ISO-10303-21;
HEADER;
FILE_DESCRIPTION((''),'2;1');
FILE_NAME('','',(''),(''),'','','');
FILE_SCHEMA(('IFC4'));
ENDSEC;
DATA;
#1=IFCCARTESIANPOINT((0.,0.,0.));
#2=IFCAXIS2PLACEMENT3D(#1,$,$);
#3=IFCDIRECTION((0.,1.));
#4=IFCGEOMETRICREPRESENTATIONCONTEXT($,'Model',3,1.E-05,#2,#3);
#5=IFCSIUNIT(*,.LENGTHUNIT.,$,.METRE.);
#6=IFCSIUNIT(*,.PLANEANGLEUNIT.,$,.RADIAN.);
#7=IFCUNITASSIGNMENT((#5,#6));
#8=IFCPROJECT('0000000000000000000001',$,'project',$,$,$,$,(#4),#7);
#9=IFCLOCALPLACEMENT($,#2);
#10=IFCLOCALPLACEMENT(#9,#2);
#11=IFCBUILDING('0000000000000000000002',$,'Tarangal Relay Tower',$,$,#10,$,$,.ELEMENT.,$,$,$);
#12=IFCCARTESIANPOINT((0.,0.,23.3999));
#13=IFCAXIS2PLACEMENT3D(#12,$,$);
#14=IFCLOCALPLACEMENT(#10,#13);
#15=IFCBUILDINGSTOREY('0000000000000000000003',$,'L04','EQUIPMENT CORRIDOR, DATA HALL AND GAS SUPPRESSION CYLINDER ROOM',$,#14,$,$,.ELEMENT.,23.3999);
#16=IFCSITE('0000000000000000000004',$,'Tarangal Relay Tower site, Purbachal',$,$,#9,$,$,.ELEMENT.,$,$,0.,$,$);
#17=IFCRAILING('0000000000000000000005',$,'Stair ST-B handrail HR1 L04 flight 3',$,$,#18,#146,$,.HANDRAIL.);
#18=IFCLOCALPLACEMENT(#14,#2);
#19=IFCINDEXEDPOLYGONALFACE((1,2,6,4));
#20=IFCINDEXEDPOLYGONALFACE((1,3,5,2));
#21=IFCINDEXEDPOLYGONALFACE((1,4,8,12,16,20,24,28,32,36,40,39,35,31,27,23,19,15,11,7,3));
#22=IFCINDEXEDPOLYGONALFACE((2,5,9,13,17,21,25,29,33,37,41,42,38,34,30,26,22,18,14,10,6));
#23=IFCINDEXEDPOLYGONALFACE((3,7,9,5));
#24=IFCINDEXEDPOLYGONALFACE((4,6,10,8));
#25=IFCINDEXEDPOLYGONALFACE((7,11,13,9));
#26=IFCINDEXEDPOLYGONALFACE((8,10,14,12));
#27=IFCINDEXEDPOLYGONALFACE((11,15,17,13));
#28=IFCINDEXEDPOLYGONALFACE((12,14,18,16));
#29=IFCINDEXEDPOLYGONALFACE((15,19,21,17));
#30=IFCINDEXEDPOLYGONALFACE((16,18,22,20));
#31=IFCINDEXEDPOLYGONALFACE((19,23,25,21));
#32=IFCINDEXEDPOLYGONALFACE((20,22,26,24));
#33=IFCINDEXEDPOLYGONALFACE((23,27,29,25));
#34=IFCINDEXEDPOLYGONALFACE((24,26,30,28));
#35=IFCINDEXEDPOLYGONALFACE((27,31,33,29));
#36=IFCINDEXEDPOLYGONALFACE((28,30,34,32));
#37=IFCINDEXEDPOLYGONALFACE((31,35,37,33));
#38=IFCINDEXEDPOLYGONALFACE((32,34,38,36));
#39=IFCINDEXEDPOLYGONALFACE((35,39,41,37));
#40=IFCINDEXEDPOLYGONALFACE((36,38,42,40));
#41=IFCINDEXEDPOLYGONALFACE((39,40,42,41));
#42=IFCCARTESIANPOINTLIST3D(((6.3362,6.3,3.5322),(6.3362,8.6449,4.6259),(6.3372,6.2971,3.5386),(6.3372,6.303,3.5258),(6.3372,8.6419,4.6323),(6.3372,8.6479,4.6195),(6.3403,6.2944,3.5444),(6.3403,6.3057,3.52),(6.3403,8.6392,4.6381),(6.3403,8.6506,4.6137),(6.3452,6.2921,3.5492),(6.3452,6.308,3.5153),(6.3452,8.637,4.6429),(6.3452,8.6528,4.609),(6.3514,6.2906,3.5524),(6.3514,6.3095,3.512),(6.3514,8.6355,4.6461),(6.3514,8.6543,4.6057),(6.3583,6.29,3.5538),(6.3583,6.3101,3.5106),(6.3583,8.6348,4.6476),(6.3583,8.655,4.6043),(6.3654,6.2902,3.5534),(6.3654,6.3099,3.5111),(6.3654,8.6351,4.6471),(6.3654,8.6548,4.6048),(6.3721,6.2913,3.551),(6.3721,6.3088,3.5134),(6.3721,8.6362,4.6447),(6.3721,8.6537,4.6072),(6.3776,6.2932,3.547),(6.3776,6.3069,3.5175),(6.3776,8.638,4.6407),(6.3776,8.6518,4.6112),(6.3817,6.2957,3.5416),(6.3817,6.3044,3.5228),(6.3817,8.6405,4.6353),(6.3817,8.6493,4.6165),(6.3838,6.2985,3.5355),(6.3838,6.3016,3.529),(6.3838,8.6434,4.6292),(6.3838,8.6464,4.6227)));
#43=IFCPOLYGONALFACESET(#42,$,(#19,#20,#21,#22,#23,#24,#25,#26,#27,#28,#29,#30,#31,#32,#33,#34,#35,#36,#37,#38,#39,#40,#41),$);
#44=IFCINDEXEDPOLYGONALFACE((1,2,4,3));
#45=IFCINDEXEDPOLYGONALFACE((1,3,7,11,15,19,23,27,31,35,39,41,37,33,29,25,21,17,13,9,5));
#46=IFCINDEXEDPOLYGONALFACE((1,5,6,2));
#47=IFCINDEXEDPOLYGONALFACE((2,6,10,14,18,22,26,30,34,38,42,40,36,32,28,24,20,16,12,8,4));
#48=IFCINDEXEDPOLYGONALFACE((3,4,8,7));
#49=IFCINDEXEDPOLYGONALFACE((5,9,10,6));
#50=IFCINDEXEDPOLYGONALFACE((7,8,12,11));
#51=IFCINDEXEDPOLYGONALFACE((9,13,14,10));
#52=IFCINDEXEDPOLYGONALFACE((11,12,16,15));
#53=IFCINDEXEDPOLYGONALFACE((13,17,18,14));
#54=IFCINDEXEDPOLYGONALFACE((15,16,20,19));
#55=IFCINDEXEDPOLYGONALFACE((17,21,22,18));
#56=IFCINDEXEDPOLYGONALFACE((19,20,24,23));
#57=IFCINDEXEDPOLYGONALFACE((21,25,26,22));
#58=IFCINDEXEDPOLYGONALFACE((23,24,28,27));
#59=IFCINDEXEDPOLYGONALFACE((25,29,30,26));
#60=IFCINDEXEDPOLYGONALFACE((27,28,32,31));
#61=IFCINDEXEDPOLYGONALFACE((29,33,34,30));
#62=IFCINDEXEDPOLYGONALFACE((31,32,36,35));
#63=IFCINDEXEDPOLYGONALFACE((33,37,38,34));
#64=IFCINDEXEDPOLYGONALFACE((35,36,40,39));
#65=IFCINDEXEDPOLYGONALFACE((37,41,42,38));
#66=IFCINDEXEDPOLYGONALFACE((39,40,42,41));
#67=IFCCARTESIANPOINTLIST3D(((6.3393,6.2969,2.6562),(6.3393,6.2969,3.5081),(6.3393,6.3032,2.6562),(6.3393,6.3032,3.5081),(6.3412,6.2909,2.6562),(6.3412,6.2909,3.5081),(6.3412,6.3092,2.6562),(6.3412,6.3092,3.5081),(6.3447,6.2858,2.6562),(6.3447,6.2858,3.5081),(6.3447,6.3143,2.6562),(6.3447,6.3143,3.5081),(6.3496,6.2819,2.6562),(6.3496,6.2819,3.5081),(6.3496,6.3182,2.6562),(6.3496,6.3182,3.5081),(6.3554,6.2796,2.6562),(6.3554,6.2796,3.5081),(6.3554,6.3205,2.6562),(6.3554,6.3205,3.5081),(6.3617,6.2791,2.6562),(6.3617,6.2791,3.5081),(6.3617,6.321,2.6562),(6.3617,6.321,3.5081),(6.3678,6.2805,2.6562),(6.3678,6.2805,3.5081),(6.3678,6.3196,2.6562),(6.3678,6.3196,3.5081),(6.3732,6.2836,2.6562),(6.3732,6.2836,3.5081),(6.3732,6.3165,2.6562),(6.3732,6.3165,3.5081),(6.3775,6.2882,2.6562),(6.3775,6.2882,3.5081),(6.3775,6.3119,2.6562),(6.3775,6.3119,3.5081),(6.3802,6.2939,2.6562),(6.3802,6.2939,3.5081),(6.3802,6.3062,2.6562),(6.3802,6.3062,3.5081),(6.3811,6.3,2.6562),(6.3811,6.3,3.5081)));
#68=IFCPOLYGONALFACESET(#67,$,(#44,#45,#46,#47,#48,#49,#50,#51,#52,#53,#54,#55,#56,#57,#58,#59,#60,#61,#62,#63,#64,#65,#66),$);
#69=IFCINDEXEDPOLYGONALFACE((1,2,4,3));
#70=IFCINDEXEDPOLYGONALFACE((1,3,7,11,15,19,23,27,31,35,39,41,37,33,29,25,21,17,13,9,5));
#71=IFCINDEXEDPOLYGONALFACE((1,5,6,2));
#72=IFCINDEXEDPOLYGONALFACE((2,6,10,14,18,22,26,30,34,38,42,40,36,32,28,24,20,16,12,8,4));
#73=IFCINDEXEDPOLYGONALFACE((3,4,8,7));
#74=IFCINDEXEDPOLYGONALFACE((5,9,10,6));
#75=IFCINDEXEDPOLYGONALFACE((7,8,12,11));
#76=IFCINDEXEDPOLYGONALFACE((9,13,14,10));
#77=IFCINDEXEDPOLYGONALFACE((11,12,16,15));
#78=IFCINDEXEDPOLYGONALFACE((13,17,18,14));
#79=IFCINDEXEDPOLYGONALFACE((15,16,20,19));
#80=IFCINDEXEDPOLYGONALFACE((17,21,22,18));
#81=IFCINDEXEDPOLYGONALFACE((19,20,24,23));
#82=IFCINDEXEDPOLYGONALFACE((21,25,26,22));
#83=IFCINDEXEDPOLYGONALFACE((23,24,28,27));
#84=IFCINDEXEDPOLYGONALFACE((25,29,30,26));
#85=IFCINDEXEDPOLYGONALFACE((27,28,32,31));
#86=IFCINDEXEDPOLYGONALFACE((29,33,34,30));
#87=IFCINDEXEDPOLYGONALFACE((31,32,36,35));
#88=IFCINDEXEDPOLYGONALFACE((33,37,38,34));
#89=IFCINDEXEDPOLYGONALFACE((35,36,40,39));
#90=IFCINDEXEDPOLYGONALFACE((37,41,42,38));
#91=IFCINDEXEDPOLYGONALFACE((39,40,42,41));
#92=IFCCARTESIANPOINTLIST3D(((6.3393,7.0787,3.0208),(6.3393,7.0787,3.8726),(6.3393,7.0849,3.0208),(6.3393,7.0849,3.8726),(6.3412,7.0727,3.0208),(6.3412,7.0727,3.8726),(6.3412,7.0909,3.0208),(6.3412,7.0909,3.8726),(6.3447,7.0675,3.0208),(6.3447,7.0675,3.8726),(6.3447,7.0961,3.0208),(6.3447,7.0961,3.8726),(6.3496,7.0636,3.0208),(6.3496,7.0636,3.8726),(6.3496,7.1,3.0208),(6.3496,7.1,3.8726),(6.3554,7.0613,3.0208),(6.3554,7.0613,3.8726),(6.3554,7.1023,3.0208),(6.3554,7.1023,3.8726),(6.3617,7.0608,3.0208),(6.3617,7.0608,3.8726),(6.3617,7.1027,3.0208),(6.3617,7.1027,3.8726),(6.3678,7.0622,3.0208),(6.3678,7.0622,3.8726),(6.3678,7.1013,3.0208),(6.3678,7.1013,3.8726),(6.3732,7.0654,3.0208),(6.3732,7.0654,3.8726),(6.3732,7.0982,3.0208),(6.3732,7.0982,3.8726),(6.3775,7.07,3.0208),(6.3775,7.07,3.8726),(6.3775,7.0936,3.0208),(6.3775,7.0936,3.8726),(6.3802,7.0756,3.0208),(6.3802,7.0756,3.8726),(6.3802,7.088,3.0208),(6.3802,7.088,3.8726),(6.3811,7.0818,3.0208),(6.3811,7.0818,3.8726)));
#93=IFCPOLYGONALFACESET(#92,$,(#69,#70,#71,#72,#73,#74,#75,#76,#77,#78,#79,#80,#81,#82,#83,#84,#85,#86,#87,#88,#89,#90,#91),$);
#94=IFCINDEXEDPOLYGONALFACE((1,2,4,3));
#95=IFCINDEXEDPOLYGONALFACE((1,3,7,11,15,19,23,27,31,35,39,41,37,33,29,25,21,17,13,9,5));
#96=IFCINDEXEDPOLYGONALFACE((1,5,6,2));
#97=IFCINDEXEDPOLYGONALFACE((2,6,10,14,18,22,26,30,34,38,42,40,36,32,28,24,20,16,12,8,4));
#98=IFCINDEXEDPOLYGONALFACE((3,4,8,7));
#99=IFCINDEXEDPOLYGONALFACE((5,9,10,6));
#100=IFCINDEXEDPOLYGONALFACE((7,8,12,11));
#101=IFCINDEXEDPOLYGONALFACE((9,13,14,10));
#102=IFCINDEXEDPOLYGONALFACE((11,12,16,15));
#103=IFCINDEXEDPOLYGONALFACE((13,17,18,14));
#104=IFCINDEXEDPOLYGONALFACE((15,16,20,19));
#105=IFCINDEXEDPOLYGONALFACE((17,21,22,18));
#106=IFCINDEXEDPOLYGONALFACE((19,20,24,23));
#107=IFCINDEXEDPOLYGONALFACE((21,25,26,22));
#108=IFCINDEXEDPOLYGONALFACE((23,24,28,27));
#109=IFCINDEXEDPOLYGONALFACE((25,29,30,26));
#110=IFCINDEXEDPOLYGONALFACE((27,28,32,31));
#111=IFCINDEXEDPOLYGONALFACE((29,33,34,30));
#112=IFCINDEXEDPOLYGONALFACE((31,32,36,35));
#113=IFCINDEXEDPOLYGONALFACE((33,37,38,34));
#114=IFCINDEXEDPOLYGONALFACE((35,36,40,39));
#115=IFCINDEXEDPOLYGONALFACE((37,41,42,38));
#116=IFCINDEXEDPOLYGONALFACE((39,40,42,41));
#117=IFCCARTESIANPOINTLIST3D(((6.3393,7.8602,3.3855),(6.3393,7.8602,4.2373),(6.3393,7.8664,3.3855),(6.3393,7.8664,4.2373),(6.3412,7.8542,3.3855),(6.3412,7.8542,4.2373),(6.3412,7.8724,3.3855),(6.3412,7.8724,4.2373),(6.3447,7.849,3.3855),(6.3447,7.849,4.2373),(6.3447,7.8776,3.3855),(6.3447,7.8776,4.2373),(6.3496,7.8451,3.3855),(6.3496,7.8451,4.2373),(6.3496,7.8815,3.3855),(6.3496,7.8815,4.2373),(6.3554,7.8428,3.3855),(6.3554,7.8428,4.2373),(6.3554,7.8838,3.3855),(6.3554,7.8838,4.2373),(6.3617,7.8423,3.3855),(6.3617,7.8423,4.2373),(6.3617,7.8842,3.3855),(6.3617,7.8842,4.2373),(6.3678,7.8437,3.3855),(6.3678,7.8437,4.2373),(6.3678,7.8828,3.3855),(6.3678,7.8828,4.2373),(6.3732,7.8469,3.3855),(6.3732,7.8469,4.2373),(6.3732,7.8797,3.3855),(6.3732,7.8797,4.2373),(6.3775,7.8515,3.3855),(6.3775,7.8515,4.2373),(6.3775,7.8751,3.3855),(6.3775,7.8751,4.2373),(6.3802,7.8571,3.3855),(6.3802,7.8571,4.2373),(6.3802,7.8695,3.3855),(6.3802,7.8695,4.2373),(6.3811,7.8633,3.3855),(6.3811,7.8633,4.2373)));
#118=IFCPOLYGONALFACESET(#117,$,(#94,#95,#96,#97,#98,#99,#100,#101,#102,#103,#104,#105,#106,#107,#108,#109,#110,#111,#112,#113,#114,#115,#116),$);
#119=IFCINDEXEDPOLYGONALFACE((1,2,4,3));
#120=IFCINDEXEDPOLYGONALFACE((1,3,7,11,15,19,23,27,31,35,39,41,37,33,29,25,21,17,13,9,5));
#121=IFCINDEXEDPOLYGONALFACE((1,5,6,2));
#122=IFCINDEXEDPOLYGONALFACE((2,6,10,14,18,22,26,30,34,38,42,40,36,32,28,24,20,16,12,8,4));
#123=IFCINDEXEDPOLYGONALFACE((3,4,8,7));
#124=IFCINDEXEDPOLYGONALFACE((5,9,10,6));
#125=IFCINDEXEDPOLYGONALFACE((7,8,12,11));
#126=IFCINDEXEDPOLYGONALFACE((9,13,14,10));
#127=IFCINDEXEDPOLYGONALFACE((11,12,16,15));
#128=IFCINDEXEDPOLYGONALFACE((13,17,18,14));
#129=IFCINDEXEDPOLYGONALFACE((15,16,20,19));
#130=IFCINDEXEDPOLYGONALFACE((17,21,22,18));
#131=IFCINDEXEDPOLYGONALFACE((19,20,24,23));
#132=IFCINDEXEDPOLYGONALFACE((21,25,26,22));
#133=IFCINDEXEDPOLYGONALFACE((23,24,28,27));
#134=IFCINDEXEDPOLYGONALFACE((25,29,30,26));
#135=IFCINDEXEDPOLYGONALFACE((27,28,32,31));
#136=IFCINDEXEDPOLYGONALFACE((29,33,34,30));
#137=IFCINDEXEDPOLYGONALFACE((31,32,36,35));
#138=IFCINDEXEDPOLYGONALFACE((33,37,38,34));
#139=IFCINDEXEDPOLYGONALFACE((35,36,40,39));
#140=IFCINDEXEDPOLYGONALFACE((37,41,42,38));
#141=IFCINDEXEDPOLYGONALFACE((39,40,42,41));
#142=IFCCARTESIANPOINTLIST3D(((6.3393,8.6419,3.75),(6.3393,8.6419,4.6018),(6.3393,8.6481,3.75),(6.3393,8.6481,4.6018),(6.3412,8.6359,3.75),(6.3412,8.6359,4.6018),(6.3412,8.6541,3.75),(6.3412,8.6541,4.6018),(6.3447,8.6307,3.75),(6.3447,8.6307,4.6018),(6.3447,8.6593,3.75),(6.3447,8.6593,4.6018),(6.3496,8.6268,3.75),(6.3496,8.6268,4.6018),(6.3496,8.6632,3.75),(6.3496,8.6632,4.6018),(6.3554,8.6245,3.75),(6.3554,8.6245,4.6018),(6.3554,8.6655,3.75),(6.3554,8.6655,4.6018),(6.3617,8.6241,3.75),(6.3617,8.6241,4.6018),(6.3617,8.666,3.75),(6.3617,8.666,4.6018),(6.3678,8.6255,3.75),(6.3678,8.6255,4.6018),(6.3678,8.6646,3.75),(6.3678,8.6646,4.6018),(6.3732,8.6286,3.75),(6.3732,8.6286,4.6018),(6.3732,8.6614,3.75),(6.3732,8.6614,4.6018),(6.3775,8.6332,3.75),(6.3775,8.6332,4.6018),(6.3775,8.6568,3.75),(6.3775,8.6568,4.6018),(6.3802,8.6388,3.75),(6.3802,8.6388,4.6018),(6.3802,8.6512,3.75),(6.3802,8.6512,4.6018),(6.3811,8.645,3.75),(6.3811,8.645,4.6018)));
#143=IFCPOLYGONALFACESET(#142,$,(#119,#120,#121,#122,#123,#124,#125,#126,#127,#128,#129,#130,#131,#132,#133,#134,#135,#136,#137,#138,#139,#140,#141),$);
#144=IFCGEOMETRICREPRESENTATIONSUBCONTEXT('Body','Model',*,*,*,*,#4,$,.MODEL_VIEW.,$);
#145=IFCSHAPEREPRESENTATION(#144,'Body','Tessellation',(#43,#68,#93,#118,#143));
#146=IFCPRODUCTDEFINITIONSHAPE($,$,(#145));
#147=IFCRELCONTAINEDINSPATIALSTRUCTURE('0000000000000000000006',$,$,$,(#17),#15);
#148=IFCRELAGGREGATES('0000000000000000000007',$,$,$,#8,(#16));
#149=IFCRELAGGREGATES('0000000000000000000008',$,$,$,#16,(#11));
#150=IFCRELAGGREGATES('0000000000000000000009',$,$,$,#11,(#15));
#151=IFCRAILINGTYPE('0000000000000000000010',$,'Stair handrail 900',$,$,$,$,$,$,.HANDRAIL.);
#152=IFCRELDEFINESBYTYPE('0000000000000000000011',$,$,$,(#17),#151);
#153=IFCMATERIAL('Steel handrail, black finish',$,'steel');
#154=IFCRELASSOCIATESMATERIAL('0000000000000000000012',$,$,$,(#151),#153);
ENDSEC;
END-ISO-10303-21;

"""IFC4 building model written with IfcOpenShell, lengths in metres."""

from ifc_helpers import new_model, si_unit, direction, frame, origin, origin_2d, place, context, subcontext, project, spatial, circle, extrude, material, type_object, element, save


model = new_model("IFC4")

# Units and contexts
model_context = context("Model", 3, precision=1e-05, world=origin(), true_north=direction((0.0, 1.0)))
body_context = subcontext(model_context, "Body", "Model", "MODEL_VIEW")
ifc_project = project(units=[si_unit("LENGTHUNIT", "METRE"), si_unit("PLANEANGLEUNIT", "RADIAN")], contexts=[model_context])

# Site, building, storey
site_placement = place(None, origin())
site = spatial("IfcSite", under=ifc_project, at=site_placement, Name="Tarangal Relay Tower site, Purbachal", CompositionType="ELEMENT", RefElevation=0.0)
building_placement = place(site_placement, origin())
building = spatial("IfcBuilding", under=site, at=building_placement, Name="Tarangal Relay Tower", CompositionType="ELEMENT")
storey_placement = place(building_placement, frame((0.0, 0.0, 23.3999)))
storey = spatial("IfcBuildingStorey", under=building, at=storey_placement, Name="L04", Description="EQUIPMENT CORRIDOR, DATA HALL AND GAS SUPPRESSION CYLINDER ROOM", CompositionType="ELEMENT", Elevation=23.3999)

# Railing
ifc_material_1 = material(Name="Steel handrail, black finish", Category="steel")
railing_type_1 = type_object("IfcRailingType", Name="Stair handrail 900", PredefinedType="HANDRAIL", material=ifc_material_1)
for number, where, name in (
    (1, (6.3601, 6.3, 2.6562), "Stair ST-B handrail HR1 L04 flight 3"),
):
    element("IfcRailing", number, at=place(storey_placement, frame(where)), inside=storey, type_object=railing_type_1, Name=name, PredefinedType="HANDRAIL", context=body_context, shape_type="SweptSolid", body=[
        extrude(circle(Radius=0.0239, at=origin_2d()), frame((0.0, 0.0, 0.876), z_axis=(0.0, 0.906267, 0.422705), x_axis=(-1.0, 0.0, 0.0)), (0.0, 0.0, 1.0), 2.5874),
        extrude(circle(Radius=0.021, at=origin_2d()), origin(), (0.0, 0.0, 1.0), 0.8518),
        extrude(circle(Radius=0.021, at=origin_2d()), frame((0.0, 0.7817, 0.3645)), (0.0, 0.0, 1.0), 0.8518),
        extrude(circle(Radius=0.021, at=origin_2d()), frame((0.0, 1.5632, 0.7292)), (0.0, 0.0, 1.0), 0.8518),
        extrude(circle(Radius=0.021, at=origin_2d()), frame((0.0, 2.345, 1.0938)), (0.0, 0.0, 1.0), 0.8518),
    ])

save(model, "model.ifc")
